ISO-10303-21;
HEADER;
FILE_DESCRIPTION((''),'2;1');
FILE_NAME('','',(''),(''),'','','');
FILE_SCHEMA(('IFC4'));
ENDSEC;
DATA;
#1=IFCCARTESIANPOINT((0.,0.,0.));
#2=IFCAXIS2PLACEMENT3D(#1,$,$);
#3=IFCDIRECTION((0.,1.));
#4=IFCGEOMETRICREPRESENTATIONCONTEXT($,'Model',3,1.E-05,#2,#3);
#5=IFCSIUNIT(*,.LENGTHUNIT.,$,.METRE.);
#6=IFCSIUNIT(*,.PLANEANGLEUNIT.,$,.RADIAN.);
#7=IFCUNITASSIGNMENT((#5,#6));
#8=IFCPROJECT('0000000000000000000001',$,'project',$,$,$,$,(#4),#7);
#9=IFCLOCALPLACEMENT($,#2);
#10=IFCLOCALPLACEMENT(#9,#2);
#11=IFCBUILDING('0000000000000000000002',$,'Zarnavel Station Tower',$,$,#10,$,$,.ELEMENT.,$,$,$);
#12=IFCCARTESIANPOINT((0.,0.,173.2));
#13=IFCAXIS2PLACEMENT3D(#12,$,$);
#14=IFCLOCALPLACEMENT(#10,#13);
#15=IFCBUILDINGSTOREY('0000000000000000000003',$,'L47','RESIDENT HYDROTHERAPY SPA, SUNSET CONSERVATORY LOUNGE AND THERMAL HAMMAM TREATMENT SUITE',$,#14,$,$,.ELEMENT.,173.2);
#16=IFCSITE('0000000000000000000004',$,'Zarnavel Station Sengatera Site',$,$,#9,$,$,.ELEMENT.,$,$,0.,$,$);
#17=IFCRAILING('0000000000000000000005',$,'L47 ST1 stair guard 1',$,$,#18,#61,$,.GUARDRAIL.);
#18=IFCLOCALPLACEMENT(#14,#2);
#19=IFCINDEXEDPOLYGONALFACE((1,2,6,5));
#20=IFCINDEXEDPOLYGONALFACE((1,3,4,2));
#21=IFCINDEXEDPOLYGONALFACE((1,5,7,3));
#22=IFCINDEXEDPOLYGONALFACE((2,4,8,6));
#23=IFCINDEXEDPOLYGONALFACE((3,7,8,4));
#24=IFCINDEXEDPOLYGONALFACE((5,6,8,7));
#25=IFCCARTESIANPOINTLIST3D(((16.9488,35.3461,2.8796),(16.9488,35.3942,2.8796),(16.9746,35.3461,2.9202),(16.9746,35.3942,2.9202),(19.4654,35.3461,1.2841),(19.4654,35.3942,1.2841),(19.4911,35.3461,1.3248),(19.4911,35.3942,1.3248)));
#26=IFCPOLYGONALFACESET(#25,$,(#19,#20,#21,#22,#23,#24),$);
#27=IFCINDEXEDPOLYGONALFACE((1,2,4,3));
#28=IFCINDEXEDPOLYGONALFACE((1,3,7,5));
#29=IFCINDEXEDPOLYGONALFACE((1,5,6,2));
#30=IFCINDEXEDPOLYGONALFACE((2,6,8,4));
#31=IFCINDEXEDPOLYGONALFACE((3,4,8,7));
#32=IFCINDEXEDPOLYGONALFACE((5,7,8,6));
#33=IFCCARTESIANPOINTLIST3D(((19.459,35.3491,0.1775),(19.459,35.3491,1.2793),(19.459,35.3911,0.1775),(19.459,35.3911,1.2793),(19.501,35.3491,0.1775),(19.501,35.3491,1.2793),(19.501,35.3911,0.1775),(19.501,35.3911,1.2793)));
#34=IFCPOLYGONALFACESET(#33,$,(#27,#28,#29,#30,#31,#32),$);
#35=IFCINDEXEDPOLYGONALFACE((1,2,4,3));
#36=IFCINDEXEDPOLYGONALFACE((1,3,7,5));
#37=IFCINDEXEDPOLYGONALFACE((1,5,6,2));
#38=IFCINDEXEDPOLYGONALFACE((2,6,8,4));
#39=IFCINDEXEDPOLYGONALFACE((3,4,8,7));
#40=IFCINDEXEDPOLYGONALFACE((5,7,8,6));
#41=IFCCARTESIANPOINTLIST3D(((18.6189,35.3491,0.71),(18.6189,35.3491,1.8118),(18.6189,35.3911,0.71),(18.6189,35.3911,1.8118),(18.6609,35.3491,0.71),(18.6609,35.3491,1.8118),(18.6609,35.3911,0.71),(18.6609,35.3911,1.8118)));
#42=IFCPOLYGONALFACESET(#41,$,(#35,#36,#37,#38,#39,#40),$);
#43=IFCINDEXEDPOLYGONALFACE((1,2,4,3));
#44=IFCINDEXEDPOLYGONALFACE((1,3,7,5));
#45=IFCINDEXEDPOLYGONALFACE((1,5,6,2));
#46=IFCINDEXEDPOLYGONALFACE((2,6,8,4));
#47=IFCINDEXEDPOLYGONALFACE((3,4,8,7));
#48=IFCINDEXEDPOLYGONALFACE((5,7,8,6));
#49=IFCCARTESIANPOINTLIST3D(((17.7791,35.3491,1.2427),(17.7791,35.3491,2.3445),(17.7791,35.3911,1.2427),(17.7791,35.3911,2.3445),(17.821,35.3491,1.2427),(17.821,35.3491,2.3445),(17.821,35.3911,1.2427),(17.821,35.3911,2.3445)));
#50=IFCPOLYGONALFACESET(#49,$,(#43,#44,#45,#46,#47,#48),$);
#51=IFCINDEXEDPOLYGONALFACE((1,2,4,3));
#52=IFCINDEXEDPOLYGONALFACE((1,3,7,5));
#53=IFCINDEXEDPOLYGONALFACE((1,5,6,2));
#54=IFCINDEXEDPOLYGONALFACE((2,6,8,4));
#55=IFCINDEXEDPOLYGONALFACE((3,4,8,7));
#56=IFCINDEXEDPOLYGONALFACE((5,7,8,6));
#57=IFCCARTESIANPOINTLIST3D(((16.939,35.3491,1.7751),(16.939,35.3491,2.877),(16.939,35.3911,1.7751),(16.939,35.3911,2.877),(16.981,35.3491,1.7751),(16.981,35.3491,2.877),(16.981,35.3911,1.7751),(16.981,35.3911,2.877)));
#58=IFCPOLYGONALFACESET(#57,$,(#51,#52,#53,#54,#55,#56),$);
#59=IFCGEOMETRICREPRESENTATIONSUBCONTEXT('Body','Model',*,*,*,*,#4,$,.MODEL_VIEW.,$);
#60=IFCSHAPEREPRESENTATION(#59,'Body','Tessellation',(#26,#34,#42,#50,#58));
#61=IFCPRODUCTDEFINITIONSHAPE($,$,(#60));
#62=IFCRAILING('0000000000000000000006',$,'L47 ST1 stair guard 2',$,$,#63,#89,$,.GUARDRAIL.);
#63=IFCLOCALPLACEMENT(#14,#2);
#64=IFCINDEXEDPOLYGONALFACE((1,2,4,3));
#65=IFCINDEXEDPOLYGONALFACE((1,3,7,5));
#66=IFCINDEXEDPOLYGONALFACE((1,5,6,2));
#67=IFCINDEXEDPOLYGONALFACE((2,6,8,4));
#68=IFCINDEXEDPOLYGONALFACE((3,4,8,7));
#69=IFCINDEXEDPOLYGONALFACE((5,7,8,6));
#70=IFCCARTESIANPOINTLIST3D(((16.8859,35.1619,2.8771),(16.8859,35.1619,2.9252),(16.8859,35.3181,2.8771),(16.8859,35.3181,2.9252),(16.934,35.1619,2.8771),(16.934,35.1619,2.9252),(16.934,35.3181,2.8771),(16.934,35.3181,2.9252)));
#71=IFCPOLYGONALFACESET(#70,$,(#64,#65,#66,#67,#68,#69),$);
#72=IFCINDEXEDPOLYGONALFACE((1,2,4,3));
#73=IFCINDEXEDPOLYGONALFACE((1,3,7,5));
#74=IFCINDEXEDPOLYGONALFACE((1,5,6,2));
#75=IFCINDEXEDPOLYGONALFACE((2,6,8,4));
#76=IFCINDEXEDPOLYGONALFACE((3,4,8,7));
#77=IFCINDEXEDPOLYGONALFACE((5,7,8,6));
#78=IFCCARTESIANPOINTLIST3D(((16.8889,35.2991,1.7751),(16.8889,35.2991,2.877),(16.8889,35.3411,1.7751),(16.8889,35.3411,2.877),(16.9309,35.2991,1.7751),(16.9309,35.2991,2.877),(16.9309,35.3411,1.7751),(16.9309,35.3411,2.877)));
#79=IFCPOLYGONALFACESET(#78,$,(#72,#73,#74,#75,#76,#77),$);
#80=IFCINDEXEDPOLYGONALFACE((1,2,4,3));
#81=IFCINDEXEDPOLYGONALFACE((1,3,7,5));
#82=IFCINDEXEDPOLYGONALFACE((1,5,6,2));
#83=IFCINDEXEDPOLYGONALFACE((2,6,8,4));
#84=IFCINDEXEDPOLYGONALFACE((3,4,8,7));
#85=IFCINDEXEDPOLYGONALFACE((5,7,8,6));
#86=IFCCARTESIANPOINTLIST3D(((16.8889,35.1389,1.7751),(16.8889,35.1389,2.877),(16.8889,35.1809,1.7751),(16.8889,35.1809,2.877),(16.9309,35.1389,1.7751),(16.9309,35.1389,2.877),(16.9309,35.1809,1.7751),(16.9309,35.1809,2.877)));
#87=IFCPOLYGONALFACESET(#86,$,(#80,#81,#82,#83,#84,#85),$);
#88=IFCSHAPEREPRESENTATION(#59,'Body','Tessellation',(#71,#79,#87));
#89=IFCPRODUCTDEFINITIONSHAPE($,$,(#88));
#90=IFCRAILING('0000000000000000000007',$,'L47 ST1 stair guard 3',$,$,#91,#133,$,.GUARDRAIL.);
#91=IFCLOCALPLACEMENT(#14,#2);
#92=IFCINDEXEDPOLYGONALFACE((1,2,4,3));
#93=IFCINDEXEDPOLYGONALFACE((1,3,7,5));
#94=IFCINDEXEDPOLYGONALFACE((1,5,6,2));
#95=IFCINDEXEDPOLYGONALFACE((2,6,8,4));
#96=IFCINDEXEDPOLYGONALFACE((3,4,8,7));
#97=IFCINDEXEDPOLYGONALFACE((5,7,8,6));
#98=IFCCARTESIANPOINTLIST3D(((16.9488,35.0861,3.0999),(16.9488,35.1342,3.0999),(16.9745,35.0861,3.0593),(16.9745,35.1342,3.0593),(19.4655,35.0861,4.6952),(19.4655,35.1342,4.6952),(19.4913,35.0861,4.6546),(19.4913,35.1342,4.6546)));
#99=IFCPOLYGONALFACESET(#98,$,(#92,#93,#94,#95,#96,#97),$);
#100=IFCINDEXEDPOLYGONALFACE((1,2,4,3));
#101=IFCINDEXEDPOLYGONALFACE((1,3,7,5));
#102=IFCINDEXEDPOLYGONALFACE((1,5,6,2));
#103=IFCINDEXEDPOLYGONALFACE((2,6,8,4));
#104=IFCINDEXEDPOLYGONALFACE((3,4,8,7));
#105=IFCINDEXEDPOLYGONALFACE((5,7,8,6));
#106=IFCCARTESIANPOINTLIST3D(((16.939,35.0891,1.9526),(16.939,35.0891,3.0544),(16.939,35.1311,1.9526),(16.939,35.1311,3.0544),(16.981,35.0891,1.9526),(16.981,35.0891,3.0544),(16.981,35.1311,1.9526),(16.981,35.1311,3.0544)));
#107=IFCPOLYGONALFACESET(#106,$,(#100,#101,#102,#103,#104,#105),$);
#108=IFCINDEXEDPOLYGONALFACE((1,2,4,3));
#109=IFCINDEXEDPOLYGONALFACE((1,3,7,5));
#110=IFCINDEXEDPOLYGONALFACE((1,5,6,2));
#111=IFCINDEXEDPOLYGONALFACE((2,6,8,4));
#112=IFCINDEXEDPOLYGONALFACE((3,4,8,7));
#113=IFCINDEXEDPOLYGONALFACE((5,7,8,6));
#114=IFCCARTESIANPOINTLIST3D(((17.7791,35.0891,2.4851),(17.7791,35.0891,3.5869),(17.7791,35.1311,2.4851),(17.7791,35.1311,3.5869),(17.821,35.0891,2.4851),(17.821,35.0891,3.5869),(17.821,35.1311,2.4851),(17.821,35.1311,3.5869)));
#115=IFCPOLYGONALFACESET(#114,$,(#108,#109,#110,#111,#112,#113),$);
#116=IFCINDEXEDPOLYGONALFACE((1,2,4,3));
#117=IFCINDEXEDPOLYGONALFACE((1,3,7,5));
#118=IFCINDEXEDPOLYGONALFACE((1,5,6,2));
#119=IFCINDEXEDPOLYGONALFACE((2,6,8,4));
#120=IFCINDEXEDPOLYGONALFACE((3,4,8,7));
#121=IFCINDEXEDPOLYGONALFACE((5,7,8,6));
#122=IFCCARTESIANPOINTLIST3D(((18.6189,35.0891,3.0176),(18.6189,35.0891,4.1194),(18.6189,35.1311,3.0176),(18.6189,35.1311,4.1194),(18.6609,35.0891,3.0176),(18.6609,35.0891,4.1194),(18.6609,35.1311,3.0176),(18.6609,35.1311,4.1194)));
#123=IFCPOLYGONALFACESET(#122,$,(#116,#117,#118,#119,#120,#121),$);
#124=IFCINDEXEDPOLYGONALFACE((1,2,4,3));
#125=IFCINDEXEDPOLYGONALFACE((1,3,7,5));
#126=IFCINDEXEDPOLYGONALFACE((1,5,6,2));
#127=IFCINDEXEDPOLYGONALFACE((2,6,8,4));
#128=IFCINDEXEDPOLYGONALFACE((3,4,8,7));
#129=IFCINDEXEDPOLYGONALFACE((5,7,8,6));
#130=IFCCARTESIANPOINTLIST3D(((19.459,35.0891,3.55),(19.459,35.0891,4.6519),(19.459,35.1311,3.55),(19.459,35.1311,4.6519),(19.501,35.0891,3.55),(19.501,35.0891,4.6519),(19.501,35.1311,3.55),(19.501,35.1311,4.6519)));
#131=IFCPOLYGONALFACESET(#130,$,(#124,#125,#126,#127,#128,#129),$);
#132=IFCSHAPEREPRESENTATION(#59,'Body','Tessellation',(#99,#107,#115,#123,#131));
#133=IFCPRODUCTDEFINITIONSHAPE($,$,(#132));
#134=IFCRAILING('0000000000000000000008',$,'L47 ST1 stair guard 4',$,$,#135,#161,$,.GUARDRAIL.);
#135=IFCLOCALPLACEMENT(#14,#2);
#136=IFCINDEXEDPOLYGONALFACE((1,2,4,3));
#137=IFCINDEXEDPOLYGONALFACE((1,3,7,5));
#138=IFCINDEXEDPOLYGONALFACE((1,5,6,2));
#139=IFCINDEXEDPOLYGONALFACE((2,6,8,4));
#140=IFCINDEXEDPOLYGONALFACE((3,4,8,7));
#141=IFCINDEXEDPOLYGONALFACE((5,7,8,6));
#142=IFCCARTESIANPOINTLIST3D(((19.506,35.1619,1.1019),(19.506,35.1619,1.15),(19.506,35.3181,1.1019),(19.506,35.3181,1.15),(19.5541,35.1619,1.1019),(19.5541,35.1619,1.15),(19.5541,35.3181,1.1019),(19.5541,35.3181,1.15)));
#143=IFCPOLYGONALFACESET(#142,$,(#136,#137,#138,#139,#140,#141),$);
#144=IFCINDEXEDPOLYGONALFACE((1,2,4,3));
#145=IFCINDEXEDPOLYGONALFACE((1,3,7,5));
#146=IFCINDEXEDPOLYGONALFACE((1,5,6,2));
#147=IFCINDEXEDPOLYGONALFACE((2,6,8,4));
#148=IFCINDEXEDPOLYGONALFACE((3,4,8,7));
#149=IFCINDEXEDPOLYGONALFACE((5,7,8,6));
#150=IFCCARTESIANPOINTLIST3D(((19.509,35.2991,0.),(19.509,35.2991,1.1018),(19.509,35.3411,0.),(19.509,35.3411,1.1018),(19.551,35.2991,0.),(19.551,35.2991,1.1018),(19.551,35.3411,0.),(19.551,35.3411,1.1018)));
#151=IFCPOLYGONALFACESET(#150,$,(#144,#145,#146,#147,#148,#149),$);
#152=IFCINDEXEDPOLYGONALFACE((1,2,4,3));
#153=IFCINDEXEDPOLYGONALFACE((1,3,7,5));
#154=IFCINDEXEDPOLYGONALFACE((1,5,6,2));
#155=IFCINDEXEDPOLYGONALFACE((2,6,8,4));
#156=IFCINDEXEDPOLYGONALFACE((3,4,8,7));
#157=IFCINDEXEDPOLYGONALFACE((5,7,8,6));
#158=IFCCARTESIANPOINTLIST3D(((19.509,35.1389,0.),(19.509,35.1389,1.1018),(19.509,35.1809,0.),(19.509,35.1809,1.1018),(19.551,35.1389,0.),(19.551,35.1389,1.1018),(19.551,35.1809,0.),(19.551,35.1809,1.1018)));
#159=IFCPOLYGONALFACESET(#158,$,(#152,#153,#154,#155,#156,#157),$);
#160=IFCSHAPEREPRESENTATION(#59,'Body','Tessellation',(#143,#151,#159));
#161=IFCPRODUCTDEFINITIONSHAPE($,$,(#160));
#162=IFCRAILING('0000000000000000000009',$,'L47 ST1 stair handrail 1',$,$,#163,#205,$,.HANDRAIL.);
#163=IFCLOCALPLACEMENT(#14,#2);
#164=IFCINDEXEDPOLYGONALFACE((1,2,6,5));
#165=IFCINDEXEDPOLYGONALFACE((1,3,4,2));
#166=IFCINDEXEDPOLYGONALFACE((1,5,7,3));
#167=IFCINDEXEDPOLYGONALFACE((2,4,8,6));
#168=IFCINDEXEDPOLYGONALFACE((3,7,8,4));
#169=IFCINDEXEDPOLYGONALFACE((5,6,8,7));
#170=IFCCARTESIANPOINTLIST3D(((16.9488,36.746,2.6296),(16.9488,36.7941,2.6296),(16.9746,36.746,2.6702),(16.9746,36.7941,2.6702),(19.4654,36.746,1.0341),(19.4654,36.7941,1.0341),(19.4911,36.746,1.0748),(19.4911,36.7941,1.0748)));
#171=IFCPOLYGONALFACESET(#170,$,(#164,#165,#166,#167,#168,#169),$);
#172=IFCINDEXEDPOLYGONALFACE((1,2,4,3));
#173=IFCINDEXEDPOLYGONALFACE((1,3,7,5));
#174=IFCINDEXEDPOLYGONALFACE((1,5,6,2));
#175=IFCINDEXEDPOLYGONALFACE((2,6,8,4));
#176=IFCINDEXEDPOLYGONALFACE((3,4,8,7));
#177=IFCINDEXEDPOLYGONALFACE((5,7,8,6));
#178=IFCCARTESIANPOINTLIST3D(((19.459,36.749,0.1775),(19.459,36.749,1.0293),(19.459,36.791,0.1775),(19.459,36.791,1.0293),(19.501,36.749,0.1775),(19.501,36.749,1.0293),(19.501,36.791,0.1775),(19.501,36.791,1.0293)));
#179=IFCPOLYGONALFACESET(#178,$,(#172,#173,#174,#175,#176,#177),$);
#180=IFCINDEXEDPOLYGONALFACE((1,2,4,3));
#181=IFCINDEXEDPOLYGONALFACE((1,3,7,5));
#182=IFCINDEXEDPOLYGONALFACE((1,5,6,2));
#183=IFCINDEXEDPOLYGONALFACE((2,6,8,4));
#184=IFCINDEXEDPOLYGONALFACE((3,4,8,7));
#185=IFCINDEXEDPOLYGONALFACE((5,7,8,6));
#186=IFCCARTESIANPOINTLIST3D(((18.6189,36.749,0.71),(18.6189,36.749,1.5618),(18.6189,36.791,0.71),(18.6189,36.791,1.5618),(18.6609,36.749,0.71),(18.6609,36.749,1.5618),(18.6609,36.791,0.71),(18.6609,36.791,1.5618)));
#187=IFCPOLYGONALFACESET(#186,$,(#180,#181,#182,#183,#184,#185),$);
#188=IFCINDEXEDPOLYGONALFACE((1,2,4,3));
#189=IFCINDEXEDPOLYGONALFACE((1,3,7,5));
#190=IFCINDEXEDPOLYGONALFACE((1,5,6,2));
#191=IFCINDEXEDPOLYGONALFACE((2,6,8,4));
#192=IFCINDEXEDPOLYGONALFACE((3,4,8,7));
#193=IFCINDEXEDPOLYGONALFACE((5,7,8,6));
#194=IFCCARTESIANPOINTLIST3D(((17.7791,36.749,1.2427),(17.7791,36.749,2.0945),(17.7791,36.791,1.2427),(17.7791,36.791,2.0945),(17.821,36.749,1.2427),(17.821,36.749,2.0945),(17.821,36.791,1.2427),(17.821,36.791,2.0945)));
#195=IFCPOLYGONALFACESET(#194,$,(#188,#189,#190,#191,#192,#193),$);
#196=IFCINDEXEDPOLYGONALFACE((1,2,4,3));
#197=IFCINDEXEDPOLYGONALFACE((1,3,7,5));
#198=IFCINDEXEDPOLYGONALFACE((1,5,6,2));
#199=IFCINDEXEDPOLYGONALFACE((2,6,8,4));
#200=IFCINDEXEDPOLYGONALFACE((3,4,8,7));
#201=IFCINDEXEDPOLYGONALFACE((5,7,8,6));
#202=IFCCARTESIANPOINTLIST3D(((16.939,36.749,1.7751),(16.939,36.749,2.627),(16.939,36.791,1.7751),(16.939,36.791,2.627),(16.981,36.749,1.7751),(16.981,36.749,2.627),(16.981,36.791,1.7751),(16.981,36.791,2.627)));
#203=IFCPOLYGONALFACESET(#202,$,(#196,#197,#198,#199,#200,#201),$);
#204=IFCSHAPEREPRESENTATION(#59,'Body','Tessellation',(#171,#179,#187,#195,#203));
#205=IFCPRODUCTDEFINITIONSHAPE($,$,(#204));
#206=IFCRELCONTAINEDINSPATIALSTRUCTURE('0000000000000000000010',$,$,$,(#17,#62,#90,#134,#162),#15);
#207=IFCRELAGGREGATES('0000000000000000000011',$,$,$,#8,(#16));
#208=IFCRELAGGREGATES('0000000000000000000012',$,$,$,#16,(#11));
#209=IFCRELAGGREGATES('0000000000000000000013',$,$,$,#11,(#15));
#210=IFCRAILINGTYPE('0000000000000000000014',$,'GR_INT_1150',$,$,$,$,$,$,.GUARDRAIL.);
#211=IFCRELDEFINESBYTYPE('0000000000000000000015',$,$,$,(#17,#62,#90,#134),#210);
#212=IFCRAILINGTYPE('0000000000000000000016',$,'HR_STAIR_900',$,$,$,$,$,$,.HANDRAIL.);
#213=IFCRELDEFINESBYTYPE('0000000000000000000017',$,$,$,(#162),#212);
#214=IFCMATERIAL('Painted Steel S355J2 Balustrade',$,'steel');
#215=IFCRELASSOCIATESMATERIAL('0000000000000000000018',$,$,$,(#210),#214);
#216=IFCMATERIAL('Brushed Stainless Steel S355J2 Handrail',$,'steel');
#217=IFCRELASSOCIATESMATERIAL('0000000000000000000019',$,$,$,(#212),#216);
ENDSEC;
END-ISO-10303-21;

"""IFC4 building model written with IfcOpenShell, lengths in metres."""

from ifc_helpers import new_model, si_unit, direction, frame, origin, origin_2d, place, context, subcontext, project, spatial, rectangle, extrude, material, type_object, element, save


model = new_model("IFC4")

# Units and contexts
model_context = context("Model", 3, precision=1e-05, world=origin(), true_north=direction((0.0, 1.0)))
body_context = subcontext(model_context, "Body", "Model", "MODEL_VIEW")
ifc_project = project(units=[si_unit("LENGTHUNIT", "METRE"), si_unit("PLANEANGLEUNIT", "RADIAN")], contexts=[model_context])

# Site, building, storey
site_placement = place(None, origin())
site = spatial("IfcSite", under=ifc_project, at=site_placement, Name="Zarnavel Station Sengatera Site", CompositionType="ELEMENT", RefElevation=0.0)
building_placement = place(site_placement, origin())
building = spatial("IfcBuilding", under=site, at=building_placement, Name="Zarnavel Station Tower", CompositionType="ELEMENT")
storey_placement = place(building_placement, frame((0.0, 0.0, 173.2)))
storey = spatial("IfcBuildingStorey", under=building, at=storey_placement, Name="L47", Description="RESIDENT HYDROTHERAPY SPA, SUNSET CONSERVATORY LOUNGE AND THERMAL HAMMAM TREATMENT SUITE", CompositionType="ELEMENT", Elevation=173.2)

# Railings
ifc_material_1 = material(Name="Painted Steel S355J2 Balustrade", Category="steel")
railing_type_1 = type_object("IfcRailingType", Name="GR_INT_1150", PredefinedType="GUARDRAIL", material=ifc_material_1)
railing_1_placement = place(storey_placement, frame((19.48, 35.3701, 0.1775)))
element("IfcRailing", 1, at=railing_1_placement, inside=storey, type_object=railing_type_1, Name="L47 ST1 stair guard 1", PredefinedType="GUARDRAIL", context=body_context, shape_type="SweptSolid", body=[
    extrude(rectangle(XDim=0.0481, YDim=0.0481, at=origin_2d()), frame((-0.0017, 0.0, 1.127), z_axis=(-0.84457, 0.0, 0.535445), x_axis=(0.0, -1.0, 0.0)), (0.0, 0.0, 1.0), 2.9797),
    extrude(rectangle(XDim=0.042, YDim=0.042, at=origin_2d()), origin(), (0.0, 0.0, 1.0), 1.1018),
    extrude(rectangle(XDim=0.042, YDim=0.042, at=origin_2d()), frame((-0.8401, 0.0, 0.5325)), (0.0, 0.0, 1.0), 1.1018),
    extrude(rectangle(XDim=0.042, YDim=0.042, at=origin_2d()), frame((-1.6799, 0.0, 1.0652)), (0.0, 0.0, 1.0), 1.1018),
    extrude(rectangle(XDim=0.042, YDim=0.042, at=origin_2d()), frame((-2.52, 0.0, 1.5977)), (0.0, 0.0, 1.0), 1.1018),
])
railing_2_placement = place(storey_placement, frame((16.9099, 35.3201, 1.7751)))
element("IfcRailing", 2, at=railing_2_placement, inside=storey, type_object=railing_type_1, Name="L47 ST1 stair guard 2", PredefinedType="GUARDRAIL", context=body_context, shape_type="SweptSolid", body=[
    extrude(rectangle(XDim=0.0481, YDim=0.0481, at=origin_2d()), frame((0.0, -0.002, 1.126), z_axis=(0.0, -1.0, 0.0), x_axis=(1.0, 0.0, 0.0)), (0.0, 0.0, 1.0), 0.1562),
    extrude(rectangle(XDim=0.042, YDim=0.042, at=origin_2d()), origin(), (0.0, 0.0, 1.0), 1.1018),
    extrude(rectangle(XDim=0.042, YDim=0.042, at=origin_2d()), frame((0.0, -0.1602, 0.0)), (0.0, 0.0, 1.0), 1.1018),
])
railing_3_placement = place(storey_placement, frame((16.96, 35.1101, 1.9526)))
element("IfcRailing", 3, at=railing_3_placement, inside=storey, type_object=railing_type_1, Name="L47 ST1 stair guard 3", PredefinedType="GUARDRAIL", context=body_context, shape_type="SweptSolid", body=[
    extrude(rectangle(XDim=0.0481, YDim=0.0481, at=origin_2d()), frame((0.0017, 0.0, 1.127), z_axis=(0.844607, 0.0, 0.535387), x_axis=(0.0, 1.0, 0.0)), (0.0, 0.0, 1.0), 2.9797),
    extrude(rectangle(XDim=0.042, YDim=0.042, at=origin_2d()), origin(), (0.0, 0.0, 1.0), 1.1018),
    extrude(rectangle(XDim=0.042, YDim=0.042, at=origin_2d()), frame((0.8401, 0.0, 0.5325)), (0.0, 0.0, 1.0), 1.1018),
    extrude(rectangle(XDim=0.042, YDim=0.042, at=origin_2d()), frame((1.6799, 0.0, 1.0649)), (0.0, 0.0, 1.0), 1.1018),
    extrude(rectangle(XDim=0.042, YDim=0.042, at=origin_2d()), frame((2.52, 0.0, 1.5974)), (0.0, 0.0, 1.0), 1.1018),
])
railing_4_placement = place(storey_placement, frame((19.53, 35.3201, 0.0)))
element("IfcRailing", 4, at=railing_4_placement, inside=storey, type_object=railing_type_1, Name="L47 ST1 stair guard 4", PredefinedType="GUARDRAIL", context=body_context, shape_type="SweptSolid", body=[
    extrude(rectangle(XDim=0.0481, YDim=0.0481, at=origin_2d()), frame((0.0, -0.002, 1.126), z_axis=(0.0, -1.0, 0.0), x_axis=(1.0, 0.0, 0.0)), (0.0, 0.0, 1.0), 0.1562),
    extrude(rectangle(XDim=0.042, YDim=0.042, at=origin_2d()), origin(), (0.0, 0.0, 1.0), 1.1018),
    extrude(rectangle(XDim=0.042, YDim=0.042, at=origin_2d()), frame((0.0, -0.1602, 0.0)), (0.0, 0.0, 1.0), 1.1018),
])
ifc_material_2 = material(Name="Brushed Stainless Steel S355J2 Handrail", Category="steel")
railing_type_2 = type_object("IfcRailingType", Name="HR_STAIR_900", PredefinedType="HANDRAIL", material=ifc_material_2)
railing_5_placement = place(storey_placement, frame((19.48, 36.77, 0.1775)))
element("IfcRailing", 5, at=railing_5_placement, inside=storey, type_object=railing_type_2, Name="L47 ST1 stair handrail 1", PredefinedType="HANDRAIL", context=body_context, shape_type="SweptSolid", body=[
    extrude(rectangle(XDim=0.0481, YDim=0.0481, at=origin_2d()), frame((-0.0017, 0.0, 0.877), z_axis=(-0.84457, 0.0, 0.535445), x_axis=(0.0, -1.0, 0.0)), (0.0, 0.0, 1.0), 2.9797),
    extrude(rectangle(XDim=0.042, YDim=0.042, at=origin_2d()), origin(), (0.0, 0.0, 1.0), 0.8518),
    extrude(rectangle(XDim=0.042, YDim=0.042, at=origin_2d()), frame((-0.8401, 0.0, 0.5325)), (0.0, 0.0, 1.0), 0.8518),
    extrude(rectangle(XDim=0.042, YDim=0.042, at=origin_2d()), frame((-1.6799, 0.0, 1.0652)), (0.0, 0.0, 1.0), 0.8518),
    extrude(rectangle(XDim=0.042, YDim=0.042, at=origin_2d()), frame((-2.52, 0.0, 1.5977)), (0.0, 0.0, 1.0), 0.8518),
])

save(model, "model.ifc")
